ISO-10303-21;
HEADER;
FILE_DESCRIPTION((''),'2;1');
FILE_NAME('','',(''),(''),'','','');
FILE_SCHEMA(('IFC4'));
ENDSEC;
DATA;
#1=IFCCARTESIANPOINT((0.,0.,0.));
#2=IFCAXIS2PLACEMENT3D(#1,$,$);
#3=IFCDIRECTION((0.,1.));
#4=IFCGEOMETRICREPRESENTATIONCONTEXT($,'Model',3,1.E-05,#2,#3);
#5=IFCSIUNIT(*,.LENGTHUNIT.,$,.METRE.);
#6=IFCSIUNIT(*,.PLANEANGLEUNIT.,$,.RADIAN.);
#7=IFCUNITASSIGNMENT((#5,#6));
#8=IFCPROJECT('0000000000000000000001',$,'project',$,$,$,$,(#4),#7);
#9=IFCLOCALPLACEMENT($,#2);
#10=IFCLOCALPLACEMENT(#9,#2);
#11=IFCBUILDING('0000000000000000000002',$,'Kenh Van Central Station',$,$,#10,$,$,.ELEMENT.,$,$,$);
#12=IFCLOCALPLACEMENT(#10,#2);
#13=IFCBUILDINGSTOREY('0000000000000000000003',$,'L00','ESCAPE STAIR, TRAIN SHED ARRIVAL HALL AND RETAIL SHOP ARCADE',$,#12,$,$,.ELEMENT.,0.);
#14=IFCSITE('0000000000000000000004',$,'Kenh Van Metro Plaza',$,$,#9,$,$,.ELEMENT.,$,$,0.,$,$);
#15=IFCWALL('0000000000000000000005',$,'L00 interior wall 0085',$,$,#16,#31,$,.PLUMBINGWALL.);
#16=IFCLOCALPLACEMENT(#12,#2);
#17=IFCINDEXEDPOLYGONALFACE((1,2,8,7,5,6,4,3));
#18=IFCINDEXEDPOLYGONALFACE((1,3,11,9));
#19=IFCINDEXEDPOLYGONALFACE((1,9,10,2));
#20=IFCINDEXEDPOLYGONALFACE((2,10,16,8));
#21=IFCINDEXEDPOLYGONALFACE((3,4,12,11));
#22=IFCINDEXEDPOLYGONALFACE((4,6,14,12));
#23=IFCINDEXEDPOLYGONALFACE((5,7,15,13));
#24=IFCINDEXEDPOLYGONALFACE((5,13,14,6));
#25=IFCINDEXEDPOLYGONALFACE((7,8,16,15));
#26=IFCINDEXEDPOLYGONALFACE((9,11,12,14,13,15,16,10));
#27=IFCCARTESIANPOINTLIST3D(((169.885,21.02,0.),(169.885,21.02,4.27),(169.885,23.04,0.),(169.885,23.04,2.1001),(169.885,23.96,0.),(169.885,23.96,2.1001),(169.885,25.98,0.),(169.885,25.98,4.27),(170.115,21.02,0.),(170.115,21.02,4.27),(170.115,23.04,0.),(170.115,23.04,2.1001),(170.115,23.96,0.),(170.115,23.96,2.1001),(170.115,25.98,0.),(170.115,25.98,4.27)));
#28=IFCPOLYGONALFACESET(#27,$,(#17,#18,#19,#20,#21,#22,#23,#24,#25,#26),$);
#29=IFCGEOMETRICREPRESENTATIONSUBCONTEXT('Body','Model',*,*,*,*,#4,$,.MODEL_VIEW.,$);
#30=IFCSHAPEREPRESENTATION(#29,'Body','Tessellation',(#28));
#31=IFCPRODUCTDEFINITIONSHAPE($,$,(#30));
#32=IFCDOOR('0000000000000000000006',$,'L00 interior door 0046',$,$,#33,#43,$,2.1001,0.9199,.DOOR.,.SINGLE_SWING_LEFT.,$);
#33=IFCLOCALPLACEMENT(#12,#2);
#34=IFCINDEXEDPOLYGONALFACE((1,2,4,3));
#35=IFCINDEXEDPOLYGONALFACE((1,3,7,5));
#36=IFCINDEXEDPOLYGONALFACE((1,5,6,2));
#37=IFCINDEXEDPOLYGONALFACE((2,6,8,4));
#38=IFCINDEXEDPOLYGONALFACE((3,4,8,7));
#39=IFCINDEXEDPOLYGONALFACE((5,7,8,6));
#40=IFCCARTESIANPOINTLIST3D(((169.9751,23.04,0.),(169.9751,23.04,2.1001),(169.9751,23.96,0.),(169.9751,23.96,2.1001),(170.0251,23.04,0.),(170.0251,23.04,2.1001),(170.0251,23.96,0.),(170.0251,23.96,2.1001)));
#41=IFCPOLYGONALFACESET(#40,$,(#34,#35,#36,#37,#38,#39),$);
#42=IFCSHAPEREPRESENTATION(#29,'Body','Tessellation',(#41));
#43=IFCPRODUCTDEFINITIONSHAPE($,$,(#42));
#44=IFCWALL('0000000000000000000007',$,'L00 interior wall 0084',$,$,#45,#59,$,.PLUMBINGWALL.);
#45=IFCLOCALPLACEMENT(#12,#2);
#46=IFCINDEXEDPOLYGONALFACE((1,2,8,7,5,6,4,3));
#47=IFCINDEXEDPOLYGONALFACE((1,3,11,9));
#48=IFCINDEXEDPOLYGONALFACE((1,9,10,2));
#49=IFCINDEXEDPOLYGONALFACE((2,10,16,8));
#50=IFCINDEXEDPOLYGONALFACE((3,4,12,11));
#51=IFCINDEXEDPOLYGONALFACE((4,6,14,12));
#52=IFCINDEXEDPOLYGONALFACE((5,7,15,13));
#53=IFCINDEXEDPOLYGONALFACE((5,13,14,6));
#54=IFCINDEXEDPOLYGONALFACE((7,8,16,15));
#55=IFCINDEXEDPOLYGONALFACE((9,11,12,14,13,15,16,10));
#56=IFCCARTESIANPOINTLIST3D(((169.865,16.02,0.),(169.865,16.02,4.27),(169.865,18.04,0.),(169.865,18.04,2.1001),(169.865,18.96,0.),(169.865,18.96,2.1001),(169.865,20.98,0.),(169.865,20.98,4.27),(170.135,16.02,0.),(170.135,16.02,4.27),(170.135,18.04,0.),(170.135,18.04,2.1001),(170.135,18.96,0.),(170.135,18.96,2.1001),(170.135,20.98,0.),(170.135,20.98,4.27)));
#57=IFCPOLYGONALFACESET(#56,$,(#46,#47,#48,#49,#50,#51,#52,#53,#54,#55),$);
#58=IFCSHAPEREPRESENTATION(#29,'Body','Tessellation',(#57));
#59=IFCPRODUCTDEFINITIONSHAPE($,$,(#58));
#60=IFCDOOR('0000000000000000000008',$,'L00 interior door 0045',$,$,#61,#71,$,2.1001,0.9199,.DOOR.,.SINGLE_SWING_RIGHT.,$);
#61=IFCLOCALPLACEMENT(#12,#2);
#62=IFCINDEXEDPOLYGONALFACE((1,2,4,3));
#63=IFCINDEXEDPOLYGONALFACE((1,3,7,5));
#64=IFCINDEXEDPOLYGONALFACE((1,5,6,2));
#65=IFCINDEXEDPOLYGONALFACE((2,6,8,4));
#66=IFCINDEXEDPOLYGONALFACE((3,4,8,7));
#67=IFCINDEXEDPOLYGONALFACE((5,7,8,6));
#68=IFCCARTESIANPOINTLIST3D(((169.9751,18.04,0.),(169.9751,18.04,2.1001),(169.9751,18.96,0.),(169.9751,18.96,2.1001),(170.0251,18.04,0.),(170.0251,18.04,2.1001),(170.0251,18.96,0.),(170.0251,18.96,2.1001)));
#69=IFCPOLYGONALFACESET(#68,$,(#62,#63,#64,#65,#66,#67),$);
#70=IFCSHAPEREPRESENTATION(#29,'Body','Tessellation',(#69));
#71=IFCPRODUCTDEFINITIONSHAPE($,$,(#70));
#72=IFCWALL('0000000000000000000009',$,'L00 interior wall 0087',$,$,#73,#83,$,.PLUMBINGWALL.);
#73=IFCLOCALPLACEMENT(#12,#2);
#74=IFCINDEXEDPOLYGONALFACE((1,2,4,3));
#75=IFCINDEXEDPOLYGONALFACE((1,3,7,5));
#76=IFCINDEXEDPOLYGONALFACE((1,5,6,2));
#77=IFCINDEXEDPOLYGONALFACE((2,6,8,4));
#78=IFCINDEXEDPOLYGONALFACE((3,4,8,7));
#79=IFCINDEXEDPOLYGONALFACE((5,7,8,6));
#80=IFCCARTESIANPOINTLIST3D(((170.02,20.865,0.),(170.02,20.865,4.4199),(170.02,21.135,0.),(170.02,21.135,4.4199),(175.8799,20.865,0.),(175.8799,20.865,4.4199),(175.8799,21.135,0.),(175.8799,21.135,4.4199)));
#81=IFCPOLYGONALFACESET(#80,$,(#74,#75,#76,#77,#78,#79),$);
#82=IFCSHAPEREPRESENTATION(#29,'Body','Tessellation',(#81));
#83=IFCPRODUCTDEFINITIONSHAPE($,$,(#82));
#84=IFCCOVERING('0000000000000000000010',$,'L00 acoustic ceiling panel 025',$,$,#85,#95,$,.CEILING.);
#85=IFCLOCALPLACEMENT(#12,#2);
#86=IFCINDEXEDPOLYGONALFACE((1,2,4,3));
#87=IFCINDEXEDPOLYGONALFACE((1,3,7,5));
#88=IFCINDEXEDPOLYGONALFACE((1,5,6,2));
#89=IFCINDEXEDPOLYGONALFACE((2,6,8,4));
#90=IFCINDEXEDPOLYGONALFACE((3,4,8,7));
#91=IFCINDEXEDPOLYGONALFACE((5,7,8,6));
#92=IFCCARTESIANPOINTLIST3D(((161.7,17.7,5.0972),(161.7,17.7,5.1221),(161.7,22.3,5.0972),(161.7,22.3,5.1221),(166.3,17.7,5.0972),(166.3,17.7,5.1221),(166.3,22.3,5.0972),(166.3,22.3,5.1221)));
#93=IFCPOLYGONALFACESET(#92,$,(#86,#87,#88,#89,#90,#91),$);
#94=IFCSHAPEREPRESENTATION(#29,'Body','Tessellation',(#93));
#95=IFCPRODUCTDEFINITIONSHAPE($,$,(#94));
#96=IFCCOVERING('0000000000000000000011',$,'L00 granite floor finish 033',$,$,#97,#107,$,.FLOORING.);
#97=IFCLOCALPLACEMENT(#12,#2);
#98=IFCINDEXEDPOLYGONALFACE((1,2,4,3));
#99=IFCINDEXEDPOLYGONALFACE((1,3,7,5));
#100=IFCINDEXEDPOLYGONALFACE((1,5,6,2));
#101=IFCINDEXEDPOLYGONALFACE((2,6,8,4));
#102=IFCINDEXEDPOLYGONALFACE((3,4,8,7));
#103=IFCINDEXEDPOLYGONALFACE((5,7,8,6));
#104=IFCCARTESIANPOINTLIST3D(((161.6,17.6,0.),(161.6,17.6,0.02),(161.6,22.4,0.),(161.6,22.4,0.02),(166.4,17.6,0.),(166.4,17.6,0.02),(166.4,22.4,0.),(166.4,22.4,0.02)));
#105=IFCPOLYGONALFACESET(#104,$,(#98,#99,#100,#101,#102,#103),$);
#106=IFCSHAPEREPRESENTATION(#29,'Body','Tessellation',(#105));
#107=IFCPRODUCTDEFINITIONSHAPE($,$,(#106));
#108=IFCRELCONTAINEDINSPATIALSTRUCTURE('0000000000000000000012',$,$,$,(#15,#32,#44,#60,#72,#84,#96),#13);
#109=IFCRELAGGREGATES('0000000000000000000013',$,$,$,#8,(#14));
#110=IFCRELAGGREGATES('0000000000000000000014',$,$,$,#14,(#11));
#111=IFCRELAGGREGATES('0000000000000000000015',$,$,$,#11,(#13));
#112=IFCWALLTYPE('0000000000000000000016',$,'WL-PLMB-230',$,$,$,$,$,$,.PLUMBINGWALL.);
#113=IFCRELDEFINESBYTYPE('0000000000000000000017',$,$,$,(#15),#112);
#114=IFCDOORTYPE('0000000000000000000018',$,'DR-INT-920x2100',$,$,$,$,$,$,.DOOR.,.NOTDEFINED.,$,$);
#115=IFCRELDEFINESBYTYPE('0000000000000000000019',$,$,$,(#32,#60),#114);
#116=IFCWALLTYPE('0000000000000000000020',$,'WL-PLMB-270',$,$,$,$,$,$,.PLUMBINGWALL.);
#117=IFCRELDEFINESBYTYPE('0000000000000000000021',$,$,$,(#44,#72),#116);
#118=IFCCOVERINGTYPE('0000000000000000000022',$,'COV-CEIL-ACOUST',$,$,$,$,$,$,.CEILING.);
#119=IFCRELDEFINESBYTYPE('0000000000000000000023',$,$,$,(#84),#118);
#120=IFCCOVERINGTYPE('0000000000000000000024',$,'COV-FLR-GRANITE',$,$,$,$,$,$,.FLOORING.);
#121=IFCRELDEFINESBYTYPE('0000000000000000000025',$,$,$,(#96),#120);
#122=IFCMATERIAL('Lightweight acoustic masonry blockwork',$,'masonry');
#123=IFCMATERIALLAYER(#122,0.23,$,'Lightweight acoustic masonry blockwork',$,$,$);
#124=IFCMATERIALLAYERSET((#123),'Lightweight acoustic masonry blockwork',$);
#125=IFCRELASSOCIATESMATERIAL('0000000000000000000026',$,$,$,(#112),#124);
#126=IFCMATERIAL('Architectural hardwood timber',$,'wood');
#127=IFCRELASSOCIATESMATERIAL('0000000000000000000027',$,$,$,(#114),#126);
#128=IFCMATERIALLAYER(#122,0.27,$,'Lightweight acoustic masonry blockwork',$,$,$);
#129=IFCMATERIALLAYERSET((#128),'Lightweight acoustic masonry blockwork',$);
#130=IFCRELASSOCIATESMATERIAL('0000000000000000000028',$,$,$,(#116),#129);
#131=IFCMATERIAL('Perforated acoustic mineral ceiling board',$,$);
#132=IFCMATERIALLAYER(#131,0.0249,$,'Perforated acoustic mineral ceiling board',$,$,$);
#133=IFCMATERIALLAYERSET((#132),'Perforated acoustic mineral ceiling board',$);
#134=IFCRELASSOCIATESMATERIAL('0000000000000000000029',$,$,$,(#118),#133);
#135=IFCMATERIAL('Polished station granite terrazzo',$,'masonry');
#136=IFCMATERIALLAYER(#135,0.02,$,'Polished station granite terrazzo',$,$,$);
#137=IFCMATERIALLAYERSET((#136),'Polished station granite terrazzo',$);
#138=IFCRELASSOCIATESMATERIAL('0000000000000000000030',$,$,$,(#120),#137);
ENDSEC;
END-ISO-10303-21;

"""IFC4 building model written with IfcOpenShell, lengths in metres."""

from ifc_helpers import new_model, si_unit, direction, frame, frame_2d, origin, origin_2d, place, context, subcontext, project, spatial, rectangle, extrude, material, layer, layer_set, type_object, element, fill, save


model = new_model("IFC4")

# Units and contexts
model_context = context("Model", 3, precision=1e-05, world=origin(), true_north=direction((0.0, 1.0)))
body_context = subcontext(model_context, "Body", "Model", "MODEL_VIEW")
ifc_project = project(units=[si_unit("LENGTHUNIT", "METRE"), si_unit("PLANEANGLEUNIT", "RADIAN")], contexts=[model_context])

# Site, building, storey
site_placement = place(None, origin())
site = spatial("IfcSite", under=ifc_project, at=site_placement, Name="Kenh Van Metro Plaza", CompositionType="ELEMENT", RefElevation=0.0)
building_placement = place(site_placement, origin())
building = spatial("IfcBuilding", under=site, at=building_placement, Name="Kenh Van Central Station", CompositionType="ELEMENT")
storey_placement = place(building_placement, origin())
storey = spatial("IfcBuildingStorey", under=building, at=storey_placement, Name="L00", Description="ESCAPE STAIR, TRAIN SHED ARRIVAL HALL AND RETAIL SHOP ARCADE", CompositionType="ELEMENT", Elevation=0.0)

# Shared definitions
ifc_material_1 = material(Name="Lightweight acoustic masonry blockwork", Category="masonry")

# Walls, openings, doors
ifc_layer_1 = layer(ifc_material_1, 0.23, Name="Lightweight acoustic masonry blockwork")
ifc_layer_set_1 = layer_set([ifc_layer_1], Name="Lightweight acoustic masonry blockwork")
wall_type_1 = type_object("IfcWallType", Name="WL-PLMB-230", PredefinedType="PLUMBINGWALL", material=ifc_layer_set_1)
wall_1_placement = place(storey_placement, frame((170.0, 21.02, 0.0), z_axis=(0.0, 0.0, 1.0), x_axis=(0.0, 1.0, 0.0)))
wall_1 = element("IfcWall", 1, at=wall_1_placement, inside=storey, type_object=wall_type_1, Name="L00 interior wall 0085", PredefinedType="PLUMBINGWALL", context=body_context, shape_type="SweptSolid", body=[
    extrude(rectangle(XDim=4.96, YDim=0.23, at=frame_2d((2.48, 0.0))), origin(), (0.0, 0.0, 1.0), 4.27),
])
opening_1_placement = place(wall_1_placement, frame((2.02, 0.0, 0.0)))
opening_1 = element("IfcOpeningElement", 2, at=opening_1_placement, cuts=wall_1, PredefinedType="OPENING", context=body_context, shape_type="SweptSolid", body=[
    extrude(rectangle(XDim=0.9199, YDim=2.1001, at=frame_2d((0.46, 1.05))), frame((0.0, 0.125, 0.0), z_axis=(0.0, -1.0, 0.0), x_axis=(1.0, 0.0, 0.0)), (0.0, 0.0, 1.0), 0.25),
])
ifc_material_2 = material(Name="Architectural hardwood timber", Category="wood")
door_type_1 = type_object("IfcDoorType", Name="DR-INT-920x2100", OperationType="NOTDEFINED", PredefinedType="DOOR", material=ifc_material_2)
door_1_placement = place(opening_1_placement, origin())
door_1 = element("IfcDoor", 3, at=door_1_placement, inside=storey, type_object=door_type_1, Name="L00 interior door 0046", OperationType="SINGLE_SWING_LEFT", OverallHeight=2.1001, OverallWidth=0.9199, PredefinedType="DOOR", context=body_context, shape_type="SweptSolid", body=[
    extrude(rectangle(XDim=0.9199, YDim=2.1001, at=frame_2d((0.46, 1.05))), frame((0.0, 0.0249, 0.0), z_axis=(0.0, -1.0, 0.0), x_axis=(1.0, 0.0, 0.0)), (0.0, 0.0, 1.0), 0.05),
])
fill(opening_1, door_1)
ifc_layer_2 = layer(ifc_material_1, 0.27, Name="Lightweight acoustic masonry blockwork")
ifc_layer_set_2 = layer_set([ifc_layer_2], Name="Lightweight acoustic masonry blockwork")
wall_type_2 = type_object("IfcWallType", Name="WL-PLMB-270", PredefinedType="PLUMBINGWALL", material=ifc_layer_set_2)
wall_2_placement = place(storey_placement, frame((170.0, 16.02, 0.0), z_axis=(0.0, 0.0, 1.0), x_axis=(0.0, 1.0, 0.0)))
wall_2 = element("IfcWall", 4, at=wall_2_placement, inside=storey, type_object=wall_type_2, Name="L00 interior wall 0084", PredefinedType="PLUMBINGWALL", context=body_context, shape_type="SweptSolid", body=[
    extrude(rectangle(XDim=4.96, YDim=0.27, at=frame_2d((2.48, 0.0))), origin(), (0.0, 0.0, 1.0), 4.27),
])
opening_2_placement = place(wall_2_placement, frame((2.02, 0.0, 0.0)))
opening_2 = element("IfcOpeningElement", 5, at=opening_2_placement, cuts=wall_2, PredefinedType="OPENING", context=body_context, shape_type="SweptSolid", body=[
    extrude(rectangle(XDim=0.9199, YDim=2.1001, at=frame_2d((0.46, 1.05))), frame((0.0, 0.145, 0.0), z_axis=(0.0, -1.0, 0.0), x_axis=(1.0, 0.0, 0.0)), (0.0, 0.0, 1.0), 0.29),
])
door_2_placement = place(opening_2_placement, origin())
door_2 = element("IfcDoor", 6, at=door_2_placement, inside=storey, type_object=door_type_1, Name="L00 interior door 0045", OperationType="SINGLE_SWING_RIGHT", OverallHeight=2.1001, OverallWidth=0.9199, PredefinedType="DOOR", context=body_context, shape_type="SweptSolid", body=[
    extrude(rectangle(XDim=0.9199, YDim=2.1001, at=frame_2d((0.46, 1.05))), frame((0.0, 0.0249, 0.0), z_axis=(0.0, -1.0, 0.0), x_axis=(1.0, 0.0, 0.0)), (0.0, 0.0, 1.0), 0.05),
])
fill(opening_2, door_2)

# Wall
wall_3_placement = place(storey_placement, frame((170.02, 21.0, 0.0), z_axis=(0.0, 0.0, 1.0), x_axis=(1.0, 0.0, 0.0)))
element("IfcWall", 7, at=wall_3_placement, inside=storey, type_object=wall_type_2, Name="L00 interior wall 0087", PredefinedType="PLUMBINGWALL", context=body_context, shape_type="SweptSolid", body=[
    extrude(rectangle(XDim=5.8599, YDim=0.27, at=frame_2d((2.9299, 0.0))), origin(), (0.0, 0.0, 1.0), 4.4199),
])

# Coverings
ifc_material_3 = material(Name="Perforated acoustic mineral ceiling board")
ifc_layer_3 = layer(ifc_material_3, 0.0249, Name="Perforated acoustic mineral ceiling board")
ifc_layer_set_3 = layer_set([ifc_layer_3], Name="Perforated acoustic mineral ceiling board")
covering_type_1 = type_object("IfcCoveringType", Name="COV-CEIL-ACOUST", PredefinedType="CEILING", material=ifc_layer_set_3)
covering_1_placement = place(storey_placement, frame((164.0, 20.0, 5.0972), z_axis=(0.0, 0.0, 1.0), x_axis=(1.0, 0.0, 0.0)))
element("IfcCovering", 8, at=covering_1_placement, inside=storey, type_object=covering_type_1, Name="L00 acoustic ceiling panel 025", PredefinedType="CEILING", context=body_context, shape_type="SweptSolid", body=[
    extrude(rectangle(XDim=4.6001, YDim=4.6001, at=origin_2d()), origin(), (0.0, 0.0, 1.0), 0.0249),
])
ifc_material_4 = material(Name="Polished station granite terrazzo", Category="masonry")
ifc_layer_4 = layer(ifc_material_4, 0.02, Name="Polished station granite terrazzo")
ifc_layer_set_4 = layer_set([ifc_layer_4], Name="Polished station granite terrazzo")
covering_type_2 = type_object("IfcCoveringType", Name="COV-FLR-GRANITE", PredefinedType="FLOORING", material=ifc_layer_set_4)
covering_2_placement = place(storey_placement, frame((164.0, 20.0, 0.0), z_axis=(0.0, 0.0, 1.0), x_axis=(1.0, 0.0, 0.0)))
element("IfcCovering", 9, at=covering_2_placement, inside=storey, type_object=covering_type_2, Name="L00 granite floor finish 033", PredefinedType="FLOORING", context=body_context, shape_type="SweptSolid", body=[
    extrude(rectangle(XDim=4.8, YDim=4.8, at=origin_2d()), origin(), (0.0, 0.0, 1.0), 0.02),
])

save(model, "model.ifc")
